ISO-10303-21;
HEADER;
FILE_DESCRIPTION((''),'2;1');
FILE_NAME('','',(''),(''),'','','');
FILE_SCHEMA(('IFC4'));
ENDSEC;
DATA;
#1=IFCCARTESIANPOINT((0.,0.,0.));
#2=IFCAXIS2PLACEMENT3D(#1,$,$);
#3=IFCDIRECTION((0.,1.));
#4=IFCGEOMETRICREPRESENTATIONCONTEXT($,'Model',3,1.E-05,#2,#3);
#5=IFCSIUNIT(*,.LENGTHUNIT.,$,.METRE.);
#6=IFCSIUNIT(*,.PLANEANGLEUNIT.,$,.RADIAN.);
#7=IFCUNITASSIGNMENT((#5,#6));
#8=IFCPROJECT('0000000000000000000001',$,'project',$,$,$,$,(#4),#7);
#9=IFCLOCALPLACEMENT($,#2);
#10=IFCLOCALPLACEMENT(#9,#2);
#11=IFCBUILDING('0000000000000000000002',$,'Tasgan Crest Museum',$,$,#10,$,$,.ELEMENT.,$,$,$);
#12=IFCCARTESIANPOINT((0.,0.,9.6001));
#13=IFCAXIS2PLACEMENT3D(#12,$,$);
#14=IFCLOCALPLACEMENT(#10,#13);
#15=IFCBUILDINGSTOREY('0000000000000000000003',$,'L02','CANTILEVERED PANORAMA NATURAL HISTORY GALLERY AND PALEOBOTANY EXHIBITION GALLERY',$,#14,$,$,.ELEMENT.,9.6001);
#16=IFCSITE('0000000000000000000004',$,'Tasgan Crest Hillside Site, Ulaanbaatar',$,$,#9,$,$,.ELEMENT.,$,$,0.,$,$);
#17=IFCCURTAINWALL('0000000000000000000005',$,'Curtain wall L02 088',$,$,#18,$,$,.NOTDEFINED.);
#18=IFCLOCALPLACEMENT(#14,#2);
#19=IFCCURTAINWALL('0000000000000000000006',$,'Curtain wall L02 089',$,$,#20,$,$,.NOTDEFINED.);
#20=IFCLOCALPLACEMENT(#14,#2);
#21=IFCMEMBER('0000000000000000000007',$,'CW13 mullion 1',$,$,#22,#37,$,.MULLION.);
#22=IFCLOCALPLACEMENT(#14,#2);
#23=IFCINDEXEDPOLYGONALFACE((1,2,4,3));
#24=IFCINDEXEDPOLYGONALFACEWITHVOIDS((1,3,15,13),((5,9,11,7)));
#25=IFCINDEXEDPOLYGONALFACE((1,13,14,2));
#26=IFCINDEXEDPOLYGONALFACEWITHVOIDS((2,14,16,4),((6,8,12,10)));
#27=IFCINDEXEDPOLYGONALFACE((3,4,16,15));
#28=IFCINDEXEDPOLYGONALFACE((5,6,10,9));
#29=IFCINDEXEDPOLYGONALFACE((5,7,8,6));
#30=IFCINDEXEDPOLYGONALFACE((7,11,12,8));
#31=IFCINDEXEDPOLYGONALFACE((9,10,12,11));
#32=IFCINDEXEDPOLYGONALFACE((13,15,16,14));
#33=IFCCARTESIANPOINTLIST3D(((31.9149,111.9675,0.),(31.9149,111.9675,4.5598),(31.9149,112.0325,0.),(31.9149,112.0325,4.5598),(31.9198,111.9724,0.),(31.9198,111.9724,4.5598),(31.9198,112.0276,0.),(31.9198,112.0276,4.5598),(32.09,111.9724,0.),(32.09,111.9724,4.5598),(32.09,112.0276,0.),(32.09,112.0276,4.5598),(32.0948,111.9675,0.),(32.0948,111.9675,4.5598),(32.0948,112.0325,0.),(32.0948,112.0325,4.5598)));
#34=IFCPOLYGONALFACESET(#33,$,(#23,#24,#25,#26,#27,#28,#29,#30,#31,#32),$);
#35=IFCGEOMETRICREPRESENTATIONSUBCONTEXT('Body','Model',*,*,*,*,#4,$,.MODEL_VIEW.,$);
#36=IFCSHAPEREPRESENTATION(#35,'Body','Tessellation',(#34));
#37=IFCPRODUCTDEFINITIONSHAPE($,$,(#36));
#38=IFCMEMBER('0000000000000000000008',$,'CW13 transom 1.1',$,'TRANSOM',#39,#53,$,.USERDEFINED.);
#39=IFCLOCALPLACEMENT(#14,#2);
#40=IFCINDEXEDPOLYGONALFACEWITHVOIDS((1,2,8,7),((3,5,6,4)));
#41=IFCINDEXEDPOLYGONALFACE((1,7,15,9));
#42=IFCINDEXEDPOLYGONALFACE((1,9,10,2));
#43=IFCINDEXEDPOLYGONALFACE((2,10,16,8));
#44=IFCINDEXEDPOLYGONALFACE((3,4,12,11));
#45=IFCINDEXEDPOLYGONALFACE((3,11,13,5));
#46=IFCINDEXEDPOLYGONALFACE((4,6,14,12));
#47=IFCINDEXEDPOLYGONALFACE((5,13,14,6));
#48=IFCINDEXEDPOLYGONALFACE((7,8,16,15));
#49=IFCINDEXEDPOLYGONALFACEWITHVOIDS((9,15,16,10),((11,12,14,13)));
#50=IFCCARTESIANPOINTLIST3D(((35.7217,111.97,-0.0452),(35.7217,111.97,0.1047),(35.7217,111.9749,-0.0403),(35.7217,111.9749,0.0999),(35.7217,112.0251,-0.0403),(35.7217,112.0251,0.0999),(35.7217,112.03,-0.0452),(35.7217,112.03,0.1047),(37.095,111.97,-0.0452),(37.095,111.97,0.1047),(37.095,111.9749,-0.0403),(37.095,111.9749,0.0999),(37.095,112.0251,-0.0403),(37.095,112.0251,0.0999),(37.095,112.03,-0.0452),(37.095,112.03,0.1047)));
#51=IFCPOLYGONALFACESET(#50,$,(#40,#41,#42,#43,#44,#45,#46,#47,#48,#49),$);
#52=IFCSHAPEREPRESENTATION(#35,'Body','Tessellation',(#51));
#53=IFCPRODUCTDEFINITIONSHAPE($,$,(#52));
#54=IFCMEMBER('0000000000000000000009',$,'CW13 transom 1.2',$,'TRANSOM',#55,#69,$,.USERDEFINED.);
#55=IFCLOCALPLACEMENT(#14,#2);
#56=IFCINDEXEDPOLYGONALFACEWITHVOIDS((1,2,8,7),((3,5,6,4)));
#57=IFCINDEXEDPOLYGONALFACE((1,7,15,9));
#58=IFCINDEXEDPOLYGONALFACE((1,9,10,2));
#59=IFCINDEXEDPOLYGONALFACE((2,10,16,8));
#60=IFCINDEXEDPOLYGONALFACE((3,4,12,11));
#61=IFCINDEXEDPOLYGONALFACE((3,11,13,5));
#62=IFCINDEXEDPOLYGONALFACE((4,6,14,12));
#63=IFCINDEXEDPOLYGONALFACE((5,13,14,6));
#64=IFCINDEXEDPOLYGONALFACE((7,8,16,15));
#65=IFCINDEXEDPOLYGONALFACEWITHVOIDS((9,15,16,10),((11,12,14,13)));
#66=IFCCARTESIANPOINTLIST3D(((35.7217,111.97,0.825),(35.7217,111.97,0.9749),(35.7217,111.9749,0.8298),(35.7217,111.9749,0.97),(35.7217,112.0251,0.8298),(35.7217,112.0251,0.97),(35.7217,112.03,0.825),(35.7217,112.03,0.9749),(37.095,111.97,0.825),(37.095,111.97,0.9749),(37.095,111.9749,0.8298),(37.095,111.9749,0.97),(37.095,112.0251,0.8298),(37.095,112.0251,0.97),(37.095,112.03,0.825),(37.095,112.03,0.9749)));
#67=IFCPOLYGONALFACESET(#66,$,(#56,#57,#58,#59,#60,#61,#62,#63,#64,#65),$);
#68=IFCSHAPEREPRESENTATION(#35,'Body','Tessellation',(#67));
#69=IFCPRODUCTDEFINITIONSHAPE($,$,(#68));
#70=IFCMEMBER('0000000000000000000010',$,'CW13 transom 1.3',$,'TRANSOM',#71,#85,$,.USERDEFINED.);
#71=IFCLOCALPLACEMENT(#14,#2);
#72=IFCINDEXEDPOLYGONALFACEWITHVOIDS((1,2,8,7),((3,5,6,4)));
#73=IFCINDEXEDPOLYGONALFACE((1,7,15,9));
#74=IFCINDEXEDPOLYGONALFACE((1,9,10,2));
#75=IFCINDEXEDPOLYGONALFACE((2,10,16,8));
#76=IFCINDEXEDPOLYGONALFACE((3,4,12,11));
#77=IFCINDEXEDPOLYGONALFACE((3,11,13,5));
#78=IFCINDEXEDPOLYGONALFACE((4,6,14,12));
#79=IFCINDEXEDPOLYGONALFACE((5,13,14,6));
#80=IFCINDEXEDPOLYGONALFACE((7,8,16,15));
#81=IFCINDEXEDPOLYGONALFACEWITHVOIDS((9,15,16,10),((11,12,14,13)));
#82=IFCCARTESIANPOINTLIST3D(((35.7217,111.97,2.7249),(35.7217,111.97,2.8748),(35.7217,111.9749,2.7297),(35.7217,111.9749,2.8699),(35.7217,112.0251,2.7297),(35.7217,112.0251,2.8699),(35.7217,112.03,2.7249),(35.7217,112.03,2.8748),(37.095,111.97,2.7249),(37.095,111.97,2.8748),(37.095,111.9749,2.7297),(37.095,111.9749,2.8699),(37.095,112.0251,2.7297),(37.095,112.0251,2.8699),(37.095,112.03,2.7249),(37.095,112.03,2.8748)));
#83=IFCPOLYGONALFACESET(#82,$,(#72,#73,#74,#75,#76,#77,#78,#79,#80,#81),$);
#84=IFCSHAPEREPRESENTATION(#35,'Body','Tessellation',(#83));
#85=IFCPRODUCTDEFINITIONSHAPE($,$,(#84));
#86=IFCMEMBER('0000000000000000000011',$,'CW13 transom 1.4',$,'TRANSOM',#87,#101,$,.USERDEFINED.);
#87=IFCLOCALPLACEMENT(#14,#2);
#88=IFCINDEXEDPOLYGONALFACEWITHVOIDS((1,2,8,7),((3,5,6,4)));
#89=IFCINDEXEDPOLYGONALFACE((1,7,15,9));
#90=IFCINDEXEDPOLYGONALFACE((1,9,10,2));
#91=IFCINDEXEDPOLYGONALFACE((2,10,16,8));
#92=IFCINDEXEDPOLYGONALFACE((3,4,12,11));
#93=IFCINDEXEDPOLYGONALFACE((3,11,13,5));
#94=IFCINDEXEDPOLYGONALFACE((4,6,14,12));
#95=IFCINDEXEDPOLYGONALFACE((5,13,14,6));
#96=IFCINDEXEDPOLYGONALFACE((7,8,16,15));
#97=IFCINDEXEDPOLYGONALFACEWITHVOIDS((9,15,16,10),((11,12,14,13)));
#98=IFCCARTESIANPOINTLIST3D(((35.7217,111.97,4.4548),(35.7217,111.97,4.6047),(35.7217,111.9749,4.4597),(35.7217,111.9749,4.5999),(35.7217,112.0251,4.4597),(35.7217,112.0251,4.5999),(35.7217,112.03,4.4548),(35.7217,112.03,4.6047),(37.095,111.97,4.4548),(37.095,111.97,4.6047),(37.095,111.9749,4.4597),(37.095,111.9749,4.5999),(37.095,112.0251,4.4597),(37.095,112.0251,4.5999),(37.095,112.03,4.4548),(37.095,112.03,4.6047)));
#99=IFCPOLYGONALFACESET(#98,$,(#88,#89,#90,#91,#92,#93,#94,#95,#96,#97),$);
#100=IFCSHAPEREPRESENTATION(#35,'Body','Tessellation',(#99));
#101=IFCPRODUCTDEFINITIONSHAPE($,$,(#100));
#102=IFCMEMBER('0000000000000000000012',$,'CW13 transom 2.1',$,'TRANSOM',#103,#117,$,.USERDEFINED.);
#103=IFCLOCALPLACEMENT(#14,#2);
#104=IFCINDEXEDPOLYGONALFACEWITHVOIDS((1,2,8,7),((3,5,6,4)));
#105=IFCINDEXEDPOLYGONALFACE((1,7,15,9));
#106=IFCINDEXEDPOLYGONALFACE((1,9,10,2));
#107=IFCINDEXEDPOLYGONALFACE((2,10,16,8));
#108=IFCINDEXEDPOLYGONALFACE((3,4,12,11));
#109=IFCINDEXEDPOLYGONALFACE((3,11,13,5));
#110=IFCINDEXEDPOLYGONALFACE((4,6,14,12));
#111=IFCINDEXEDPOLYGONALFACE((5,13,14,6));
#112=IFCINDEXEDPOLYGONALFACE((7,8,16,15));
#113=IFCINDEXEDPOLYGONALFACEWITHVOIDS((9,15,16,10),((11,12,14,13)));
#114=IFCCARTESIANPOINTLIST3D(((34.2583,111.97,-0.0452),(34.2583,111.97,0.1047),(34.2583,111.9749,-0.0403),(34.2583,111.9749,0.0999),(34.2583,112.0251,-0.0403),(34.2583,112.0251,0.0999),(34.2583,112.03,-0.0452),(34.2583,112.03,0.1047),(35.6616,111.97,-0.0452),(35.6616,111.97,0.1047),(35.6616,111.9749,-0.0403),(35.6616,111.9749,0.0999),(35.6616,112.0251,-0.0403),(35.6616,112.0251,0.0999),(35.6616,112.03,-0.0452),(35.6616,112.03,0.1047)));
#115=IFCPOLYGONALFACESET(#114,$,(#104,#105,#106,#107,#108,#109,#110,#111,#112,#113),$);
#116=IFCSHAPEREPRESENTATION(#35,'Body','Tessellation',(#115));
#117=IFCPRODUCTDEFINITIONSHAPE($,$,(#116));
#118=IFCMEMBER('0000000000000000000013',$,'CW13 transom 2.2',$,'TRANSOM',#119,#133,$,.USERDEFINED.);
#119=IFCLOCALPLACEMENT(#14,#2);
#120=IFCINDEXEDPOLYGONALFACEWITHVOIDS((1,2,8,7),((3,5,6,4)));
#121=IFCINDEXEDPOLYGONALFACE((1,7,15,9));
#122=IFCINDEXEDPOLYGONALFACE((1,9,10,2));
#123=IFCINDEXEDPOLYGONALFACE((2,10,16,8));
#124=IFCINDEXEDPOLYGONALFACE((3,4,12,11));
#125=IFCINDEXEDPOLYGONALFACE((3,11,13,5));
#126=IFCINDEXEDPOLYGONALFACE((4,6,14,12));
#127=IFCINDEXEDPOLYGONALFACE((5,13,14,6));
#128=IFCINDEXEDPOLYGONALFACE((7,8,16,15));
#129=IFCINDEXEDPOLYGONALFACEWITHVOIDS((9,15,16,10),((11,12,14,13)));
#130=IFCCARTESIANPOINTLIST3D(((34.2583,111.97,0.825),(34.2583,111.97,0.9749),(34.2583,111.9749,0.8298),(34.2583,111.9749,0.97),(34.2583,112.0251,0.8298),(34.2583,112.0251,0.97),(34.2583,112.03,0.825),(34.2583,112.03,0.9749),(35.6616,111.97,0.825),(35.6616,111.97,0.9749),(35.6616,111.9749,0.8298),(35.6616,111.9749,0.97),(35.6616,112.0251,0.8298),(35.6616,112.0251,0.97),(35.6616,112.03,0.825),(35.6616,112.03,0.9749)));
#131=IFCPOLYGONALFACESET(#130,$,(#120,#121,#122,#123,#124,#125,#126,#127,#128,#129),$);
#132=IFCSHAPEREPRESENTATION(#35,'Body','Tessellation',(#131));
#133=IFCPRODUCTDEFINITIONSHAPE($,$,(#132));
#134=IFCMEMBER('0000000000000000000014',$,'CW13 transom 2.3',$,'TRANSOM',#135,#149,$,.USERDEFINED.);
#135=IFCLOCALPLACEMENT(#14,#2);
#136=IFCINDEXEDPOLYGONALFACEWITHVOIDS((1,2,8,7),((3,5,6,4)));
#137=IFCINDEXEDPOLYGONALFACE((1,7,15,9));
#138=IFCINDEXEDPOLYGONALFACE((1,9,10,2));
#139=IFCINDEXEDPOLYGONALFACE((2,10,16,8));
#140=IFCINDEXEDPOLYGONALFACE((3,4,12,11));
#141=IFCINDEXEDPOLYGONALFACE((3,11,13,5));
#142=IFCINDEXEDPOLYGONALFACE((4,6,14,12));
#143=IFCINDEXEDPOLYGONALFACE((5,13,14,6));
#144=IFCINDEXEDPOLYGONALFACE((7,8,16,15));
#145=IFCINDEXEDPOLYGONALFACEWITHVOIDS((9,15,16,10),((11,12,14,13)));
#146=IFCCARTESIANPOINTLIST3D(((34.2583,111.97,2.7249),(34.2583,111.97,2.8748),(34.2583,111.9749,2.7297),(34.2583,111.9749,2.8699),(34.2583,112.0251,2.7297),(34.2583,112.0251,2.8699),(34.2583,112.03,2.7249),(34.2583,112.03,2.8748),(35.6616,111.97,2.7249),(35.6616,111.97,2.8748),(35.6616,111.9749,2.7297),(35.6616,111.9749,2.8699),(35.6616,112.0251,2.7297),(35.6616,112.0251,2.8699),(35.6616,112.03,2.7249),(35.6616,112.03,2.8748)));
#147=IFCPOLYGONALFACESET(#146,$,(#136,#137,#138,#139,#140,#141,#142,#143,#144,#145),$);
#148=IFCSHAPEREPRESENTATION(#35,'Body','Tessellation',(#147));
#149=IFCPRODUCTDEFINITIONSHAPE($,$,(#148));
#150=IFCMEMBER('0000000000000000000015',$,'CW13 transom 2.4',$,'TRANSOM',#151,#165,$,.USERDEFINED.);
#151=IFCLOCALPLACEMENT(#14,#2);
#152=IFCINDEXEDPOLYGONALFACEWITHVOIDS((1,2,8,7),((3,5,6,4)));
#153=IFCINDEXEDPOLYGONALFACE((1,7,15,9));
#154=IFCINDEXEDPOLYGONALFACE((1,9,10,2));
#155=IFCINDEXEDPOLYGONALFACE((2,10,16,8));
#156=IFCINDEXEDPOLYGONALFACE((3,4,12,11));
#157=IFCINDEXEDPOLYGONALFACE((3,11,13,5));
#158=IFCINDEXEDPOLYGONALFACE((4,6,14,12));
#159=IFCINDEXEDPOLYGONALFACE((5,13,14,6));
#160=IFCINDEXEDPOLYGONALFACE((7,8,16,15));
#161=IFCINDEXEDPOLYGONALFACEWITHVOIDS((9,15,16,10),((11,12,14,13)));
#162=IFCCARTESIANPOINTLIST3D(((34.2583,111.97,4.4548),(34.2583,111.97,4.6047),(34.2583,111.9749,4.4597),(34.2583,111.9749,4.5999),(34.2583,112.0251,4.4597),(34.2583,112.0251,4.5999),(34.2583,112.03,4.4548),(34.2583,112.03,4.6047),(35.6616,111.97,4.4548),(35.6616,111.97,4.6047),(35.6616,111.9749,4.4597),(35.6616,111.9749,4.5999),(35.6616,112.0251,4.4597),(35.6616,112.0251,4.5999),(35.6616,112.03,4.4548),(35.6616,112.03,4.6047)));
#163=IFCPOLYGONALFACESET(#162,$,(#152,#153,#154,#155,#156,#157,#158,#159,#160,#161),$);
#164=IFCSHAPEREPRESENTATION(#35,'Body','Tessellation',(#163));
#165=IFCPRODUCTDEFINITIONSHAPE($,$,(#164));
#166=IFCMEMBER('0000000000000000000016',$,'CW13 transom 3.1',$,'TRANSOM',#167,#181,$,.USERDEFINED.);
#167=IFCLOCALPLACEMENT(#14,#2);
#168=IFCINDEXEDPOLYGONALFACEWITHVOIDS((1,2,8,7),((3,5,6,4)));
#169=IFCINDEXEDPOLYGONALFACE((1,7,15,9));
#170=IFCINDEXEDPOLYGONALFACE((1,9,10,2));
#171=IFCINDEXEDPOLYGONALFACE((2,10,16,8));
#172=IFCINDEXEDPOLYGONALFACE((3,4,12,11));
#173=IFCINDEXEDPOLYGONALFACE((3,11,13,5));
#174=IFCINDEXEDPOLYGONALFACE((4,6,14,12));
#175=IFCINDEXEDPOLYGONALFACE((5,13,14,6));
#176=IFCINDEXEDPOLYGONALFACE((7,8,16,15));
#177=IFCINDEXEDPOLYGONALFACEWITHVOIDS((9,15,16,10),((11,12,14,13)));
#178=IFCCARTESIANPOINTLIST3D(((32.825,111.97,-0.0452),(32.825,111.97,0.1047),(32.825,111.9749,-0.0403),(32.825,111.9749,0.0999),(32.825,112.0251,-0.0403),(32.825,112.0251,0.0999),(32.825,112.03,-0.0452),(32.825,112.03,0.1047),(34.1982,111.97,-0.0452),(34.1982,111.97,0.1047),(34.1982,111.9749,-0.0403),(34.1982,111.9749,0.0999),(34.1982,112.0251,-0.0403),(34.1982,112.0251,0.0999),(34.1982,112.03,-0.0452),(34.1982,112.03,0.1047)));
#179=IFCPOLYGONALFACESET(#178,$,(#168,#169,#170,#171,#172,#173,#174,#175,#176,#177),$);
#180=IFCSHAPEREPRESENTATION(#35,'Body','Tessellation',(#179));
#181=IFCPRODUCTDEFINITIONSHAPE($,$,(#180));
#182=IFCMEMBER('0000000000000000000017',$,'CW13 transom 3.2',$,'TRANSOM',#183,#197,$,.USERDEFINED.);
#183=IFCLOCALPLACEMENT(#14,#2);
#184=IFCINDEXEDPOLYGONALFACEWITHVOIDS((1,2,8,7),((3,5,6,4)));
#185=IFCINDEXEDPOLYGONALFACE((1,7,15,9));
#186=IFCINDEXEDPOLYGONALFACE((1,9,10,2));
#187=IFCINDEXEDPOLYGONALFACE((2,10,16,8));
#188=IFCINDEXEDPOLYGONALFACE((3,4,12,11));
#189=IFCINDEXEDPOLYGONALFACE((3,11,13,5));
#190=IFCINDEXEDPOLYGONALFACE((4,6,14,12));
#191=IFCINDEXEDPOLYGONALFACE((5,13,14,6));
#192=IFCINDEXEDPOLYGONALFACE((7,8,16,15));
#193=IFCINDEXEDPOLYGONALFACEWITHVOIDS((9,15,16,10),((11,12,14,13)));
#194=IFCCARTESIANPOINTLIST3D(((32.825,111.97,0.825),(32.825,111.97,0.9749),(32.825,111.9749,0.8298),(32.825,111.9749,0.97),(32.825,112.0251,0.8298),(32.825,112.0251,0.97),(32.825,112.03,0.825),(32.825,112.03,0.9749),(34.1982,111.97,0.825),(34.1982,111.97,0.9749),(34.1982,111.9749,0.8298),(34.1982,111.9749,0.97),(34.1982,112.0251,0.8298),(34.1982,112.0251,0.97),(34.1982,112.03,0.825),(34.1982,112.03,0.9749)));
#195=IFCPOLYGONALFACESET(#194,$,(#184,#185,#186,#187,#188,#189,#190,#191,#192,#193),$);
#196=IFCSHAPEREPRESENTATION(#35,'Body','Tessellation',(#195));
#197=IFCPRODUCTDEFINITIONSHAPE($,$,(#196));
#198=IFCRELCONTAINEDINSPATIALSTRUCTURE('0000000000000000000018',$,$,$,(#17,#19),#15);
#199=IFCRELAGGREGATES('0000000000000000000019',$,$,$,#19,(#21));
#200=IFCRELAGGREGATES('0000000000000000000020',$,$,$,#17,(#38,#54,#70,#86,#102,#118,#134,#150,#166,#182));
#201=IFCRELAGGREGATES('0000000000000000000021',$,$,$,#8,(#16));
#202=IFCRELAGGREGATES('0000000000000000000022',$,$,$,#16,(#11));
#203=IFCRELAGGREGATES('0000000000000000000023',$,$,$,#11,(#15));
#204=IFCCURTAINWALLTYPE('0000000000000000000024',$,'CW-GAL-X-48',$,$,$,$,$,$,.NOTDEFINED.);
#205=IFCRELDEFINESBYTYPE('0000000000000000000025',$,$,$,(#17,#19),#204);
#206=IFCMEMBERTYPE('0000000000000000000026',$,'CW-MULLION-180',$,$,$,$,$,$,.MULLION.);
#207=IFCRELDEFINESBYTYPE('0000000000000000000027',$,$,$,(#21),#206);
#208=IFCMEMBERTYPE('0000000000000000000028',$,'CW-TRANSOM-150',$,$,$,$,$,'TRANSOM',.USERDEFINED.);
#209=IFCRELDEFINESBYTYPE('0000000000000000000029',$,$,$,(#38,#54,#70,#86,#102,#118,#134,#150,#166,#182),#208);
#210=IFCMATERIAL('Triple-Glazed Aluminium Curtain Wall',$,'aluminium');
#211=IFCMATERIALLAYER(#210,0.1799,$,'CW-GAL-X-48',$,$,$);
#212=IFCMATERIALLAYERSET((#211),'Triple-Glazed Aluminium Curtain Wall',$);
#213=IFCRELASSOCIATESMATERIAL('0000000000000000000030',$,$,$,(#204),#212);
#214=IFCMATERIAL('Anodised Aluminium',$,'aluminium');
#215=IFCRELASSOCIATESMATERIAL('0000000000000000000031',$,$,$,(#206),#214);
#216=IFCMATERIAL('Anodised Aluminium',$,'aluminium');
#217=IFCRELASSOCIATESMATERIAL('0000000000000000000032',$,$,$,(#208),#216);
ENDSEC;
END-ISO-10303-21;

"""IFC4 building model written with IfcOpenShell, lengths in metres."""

from ifc_helpers import new_model, si_unit, direction, frame, origin, origin_2d, place, context, subcontext, project, spatial, hollow_rectangle, extrude, material, layer, layer_set, material_profile, profile_set, type_object, element, aggregate, save


model = new_model("IFC4")

# Units and contexts
model_context = context("Model", 3, precision=1e-05, world=origin(), true_north=direction((0.0, 1.0)))
body_context = subcontext(model_context, "Body", "Model", "MODEL_VIEW")
ifc_project = project(units=[si_unit("LENGTHUNIT", "METRE"), si_unit("PLANEANGLEUNIT", "RADIAN")], contexts=[model_context])

# Site, building, storey
site_placement = place(None, origin())
site = spatial("IfcSite", under=ifc_project, at=site_placement, Name="Tasgan Crest Hillside Site, Ulaanbaatar", CompositionType="ELEMENT", RefElevation=0.0)
building_placement = place(site_placement, origin())
building = spatial("IfcBuilding", under=site, at=building_placement, Name="Tasgan Crest Museum", CompositionType="ELEMENT")
storey_placement = place(building_placement, frame((0.0, 0.0, 9.6001)))
storey = spatial("IfcBuildingStorey", under=building, at=storey_placement, Name="L02", Description="CANTILEVERED PANORAMA NATURAL HISTORY GALLERY AND PALEOBOTANY EXHIBITION GALLERY", CompositionType="ELEMENT", Elevation=9.6001)

# Shared definitions
ifc_material_1 = material(Name="Triple-Glazed Aluminium Curtain Wall", Category="aluminium")
ifc_layer_1 = layer(ifc_material_1, 0.1799, Name="CW-GAL-X-48")
ifc_layer_set_1 = layer_set([ifc_layer_1], Name="Triple-Glazed Aluminium Curtain Wall")
curtain_wall_type = type_object("IfcCurtainWallType", Name="CW-GAL-X-48", PredefinedType="NOTDEFINED", material=ifc_layer_set_1)
ifc_material_2 = material(Name="Anodised Aluminium", Category="aluminium")
ifc_material_profile_1 = material_profile(ifc_material_2, hollow_rectangle(XDim=0.0649, YDim=0.1799, WallThickness=0.0049, at=origin_2d()), Name="ALU MULLION 180x65x5")
ifc_profile_set_1 = profile_set([ifc_material_profile_1], Name="Anodised Aluminium")
member_type_1 = type_object("IfcMemberType", Name="CW-MULLION-180", PredefinedType="MULLION", material=ifc_profile_set_1)

# Curtain wall
curtain_wall_1_placement = place(storey_placement, origin())
curtain_wall_1 = element("IfcCurtainWall", 1, at=curtain_wall_1_placement, inside=storey, type_object=curtain_wall_type, Name="Curtain wall L02 088", PredefinedType="NOTDEFINED")

# Curtain wall, member
curtain_wall_2_placement = place(storey_placement, origin())
curtain_wall_2 = element("IfcCurtainWall", 2, at=curtain_wall_2_placement, inside=storey, type_object=curtain_wall_type, Name="Curtain wall L02 089", PredefinedType="NOTDEFINED")
member_1_placement = place(storey_placement, frame((32.0049, 112.0, 0.0), z_axis=(0.0, 0.0, 1.0), x_axis=(0.0, -1.0, 0.0)))
member_1 = element("IfcMember", 3, at=member_1_placement, type_object=member_type_1, Name="CW13 mullion 1", PredefinedType="MULLION", context=body_context, shape_type="SweptSolid", body=[
    extrude(hollow_rectangle(XDim=0.0649, YDim=0.1799, WallThickness=0.0049, at=origin_2d()), origin(), (0.0, 0.0, 1.0), 4.5598),
])

# Members
ifc_material_3 = material(Name="Anodised Aluminium", Category="aluminium")
ifc_material_profile_2 = material_profile(ifc_material_3, hollow_rectangle(XDim=0.0601, YDim=0.1499, WallThickness=0.0049, at=origin_2d()), Name="ALU TRANSOM 150x60x5")
ifc_profile_set_2 = profile_set([ifc_material_profile_2], Name="Anodised Aluminium")
member_type_2 = type_object("IfcMemberType", Name="CW-TRANSOM-150", ElementType="TRANSOM", PredefinedType="USERDEFINED", material=ifc_profile_set_2)
member_2_placement = place(storey_placement, frame((37.095, 112.0, 0.0298), z_axis=(-1.0, 0.0, 0.0), x_axis=(0.0, -1.0, 0.0)))
member_2 = element("IfcMember", 4, at=member_2_placement, type_object=member_type_2, Name="CW13 transom 1.1", ObjectType="TRANSOM", PredefinedType="USERDEFINED", context=body_context, shape_type="SweptSolid", body=[
    extrude(hollow_rectangle(XDim=0.0601, YDim=0.1499, WallThickness=0.0049, at=origin_2d()), origin(), (0.0, 0.0, 1.0), 1.3733),
])
member_3_placement = place(storey_placement, frame((37.095, 112.0, 0.8999), z_axis=(-1.0, 0.0, 0.0), x_axis=(0.0, -1.0, 0.0)))
member_3 = element("IfcMember", 5, at=member_3_placement, type_object=member_type_2, Name="CW13 transom 1.2", ObjectType="TRANSOM", PredefinedType="USERDEFINED", context=body_context, shape_type="SweptSolid", body=[
    extrude(hollow_rectangle(XDim=0.0601, YDim=0.1499, WallThickness=0.0049, at=origin_2d()), origin(), (0.0, 0.0, 1.0), 1.3733),
])
member_4_placement = place(storey_placement, frame((37.095, 112.0, 2.7998), z_axis=(-1.0, 0.0, 0.0), x_axis=(0.0, -1.0, 0.0)))
member_4 = element("IfcMember", 6, at=member_4_placement, type_object=member_type_2, Name="CW13 transom 1.3", ObjectType="TRANSOM", PredefinedType="USERDEFINED", context=body_context, shape_type="SweptSolid", body=[
    extrude(hollow_rectangle(XDim=0.0601, YDim=0.1499, WallThickness=0.0049, at=origin_2d()), origin(), (0.0, 0.0, 1.0), 1.3733),
])
member_5_placement = place(storey_placement, frame((37.095, 112.0, 4.5298), z_axis=(-1.0, 0.0, 0.0), x_axis=(0.0, -1.0, 0.0)))
member_5 = element("IfcMember", 7, at=member_5_placement, type_object=member_type_2, Name="CW13 transom 1.4", ObjectType="TRANSOM", PredefinedType="USERDEFINED", context=body_context, shape_type="SweptSolid", body=[
    extrude(hollow_rectangle(XDim=0.0601, YDim=0.1499, WallThickness=0.0049, at=origin_2d()), origin(), (0.0, 0.0, 1.0), 1.3733),
])
member_6_placement = place(storey_placement, frame((35.6616, 112.0, 0.0298), z_axis=(-1.0, 0.0, 0.0), x_axis=(0.0, -1.0, 0.0)))
member_6 = element("IfcMember", 8, at=member_6_placement, type_object=member_type_2, Name="CW13 transom 2.1", ObjectType="TRANSOM", PredefinedType="USERDEFINED", context=body_context, shape_type="SweptSolid", body=[
    extrude(hollow_rectangle(XDim=0.0601, YDim=0.1499, WallThickness=0.0049, at=origin_2d()), origin(), (0.0, 0.0, 1.0), 1.4033),
])
member_7_placement = place(storey_placement, frame((35.6616, 112.0, 0.8999), z_axis=(-1.0, 0.0, 0.0), x_axis=(0.0, -1.0, 0.0)))
member_7 = element("IfcMember", 9, at=member_7_placement, type_object=member_type_2, Name="CW13 transom 2.2", ObjectType="TRANSOM", PredefinedType="USERDEFINED", context=body_context, shape_type="SweptSolid", body=[
    extrude(hollow_rectangle(XDim=0.0601, YDim=0.1499, WallThickness=0.0049, at=origin_2d()), origin(), (0.0, 0.0, 1.0), 1.4033),
])
member_8_placement = place(storey_placement, frame((35.6616, 112.0, 2.7998), z_axis=(-1.0, 0.0, 0.0), x_axis=(0.0, -1.0, 0.0)))
member_8 = element("IfcMember", 10, at=member_8_placement, type_object=member_type_2, Name="CW13 transom 2.3", ObjectType="TRANSOM", PredefinedType="USERDEFINED", context=body_context, shape_type="SweptSolid", body=[
    extrude(hollow_rectangle(XDim=0.0601, YDim=0.1499, WallThickness=0.0049, at=origin_2d()), origin(), (0.0, 0.0, 1.0), 1.4033),
])
member_9_placement = place(storey_placement, frame((35.6616, 112.0, 4.5298), z_axis=(-1.0, 0.0, 0.0), x_axis=(0.0, -1.0, 0.0)))
member_9 = element("IfcMember", 11, at=member_9_placement, type_object=member_type_2, Name="CW13 transom 2.4", ObjectType="TRANSOM", PredefinedType="USERDEFINED", context=body_context, shape_type="SweptSolid", body=[
    extrude(hollow_rectangle(XDim=0.0601, YDim=0.1499, WallThickness=0.0049, at=origin_2d()), origin(), (0.0, 0.0, 1.0), 1.4033),
])
member_10_placement = place(storey_placement, frame((34.1982, 112.0, 0.0298), z_axis=(-1.0, 0.0, 0.0), x_axis=(0.0, -1.0, 0.0)))
member_10 = element("IfcMember", 12, at=member_10_placement, type_object=member_type_2, Name="CW13 transom 3.1", ObjectType="TRANSOM", PredefinedType="USERDEFINED", context=body_context, shape_type="SweptSolid", body=[
    extrude(hollow_rectangle(XDim=0.0601, YDim=0.1499, WallThickness=0.0049, at=origin_2d()), origin(), (0.0, 0.0, 1.0), 1.3733),
])
member_11_placement = place(storey_placement, frame((34.1982, 112.0, 0.8999), z_axis=(-1.0, 0.0, 0.0), x_axis=(0.0, -1.0, 0.0)))
member_11 = element("IfcMember", 13, at=member_11_placement, type_object=member_type_2, Name="CW13 transom 3.2", ObjectType="TRANSOM", PredefinedType="USERDEFINED", context=body_context, shape_type="SweptSolid", body=[
    extrude(hollow_rectangle(XDim=0.0601, YDim=0.1499, WallThickness=0.0049, at=origin_2d()), origin(), (0.0, 0.0, 1.0), 1.3733),
])
aggregate(curtain_wall_2, [member_1])

aggregate(curtain_wall_1, [member_2, member_3, member_4, member_5, member_6, member_7, member_8, member_9, member_10, member_11])

save(model, "model.ifc")
